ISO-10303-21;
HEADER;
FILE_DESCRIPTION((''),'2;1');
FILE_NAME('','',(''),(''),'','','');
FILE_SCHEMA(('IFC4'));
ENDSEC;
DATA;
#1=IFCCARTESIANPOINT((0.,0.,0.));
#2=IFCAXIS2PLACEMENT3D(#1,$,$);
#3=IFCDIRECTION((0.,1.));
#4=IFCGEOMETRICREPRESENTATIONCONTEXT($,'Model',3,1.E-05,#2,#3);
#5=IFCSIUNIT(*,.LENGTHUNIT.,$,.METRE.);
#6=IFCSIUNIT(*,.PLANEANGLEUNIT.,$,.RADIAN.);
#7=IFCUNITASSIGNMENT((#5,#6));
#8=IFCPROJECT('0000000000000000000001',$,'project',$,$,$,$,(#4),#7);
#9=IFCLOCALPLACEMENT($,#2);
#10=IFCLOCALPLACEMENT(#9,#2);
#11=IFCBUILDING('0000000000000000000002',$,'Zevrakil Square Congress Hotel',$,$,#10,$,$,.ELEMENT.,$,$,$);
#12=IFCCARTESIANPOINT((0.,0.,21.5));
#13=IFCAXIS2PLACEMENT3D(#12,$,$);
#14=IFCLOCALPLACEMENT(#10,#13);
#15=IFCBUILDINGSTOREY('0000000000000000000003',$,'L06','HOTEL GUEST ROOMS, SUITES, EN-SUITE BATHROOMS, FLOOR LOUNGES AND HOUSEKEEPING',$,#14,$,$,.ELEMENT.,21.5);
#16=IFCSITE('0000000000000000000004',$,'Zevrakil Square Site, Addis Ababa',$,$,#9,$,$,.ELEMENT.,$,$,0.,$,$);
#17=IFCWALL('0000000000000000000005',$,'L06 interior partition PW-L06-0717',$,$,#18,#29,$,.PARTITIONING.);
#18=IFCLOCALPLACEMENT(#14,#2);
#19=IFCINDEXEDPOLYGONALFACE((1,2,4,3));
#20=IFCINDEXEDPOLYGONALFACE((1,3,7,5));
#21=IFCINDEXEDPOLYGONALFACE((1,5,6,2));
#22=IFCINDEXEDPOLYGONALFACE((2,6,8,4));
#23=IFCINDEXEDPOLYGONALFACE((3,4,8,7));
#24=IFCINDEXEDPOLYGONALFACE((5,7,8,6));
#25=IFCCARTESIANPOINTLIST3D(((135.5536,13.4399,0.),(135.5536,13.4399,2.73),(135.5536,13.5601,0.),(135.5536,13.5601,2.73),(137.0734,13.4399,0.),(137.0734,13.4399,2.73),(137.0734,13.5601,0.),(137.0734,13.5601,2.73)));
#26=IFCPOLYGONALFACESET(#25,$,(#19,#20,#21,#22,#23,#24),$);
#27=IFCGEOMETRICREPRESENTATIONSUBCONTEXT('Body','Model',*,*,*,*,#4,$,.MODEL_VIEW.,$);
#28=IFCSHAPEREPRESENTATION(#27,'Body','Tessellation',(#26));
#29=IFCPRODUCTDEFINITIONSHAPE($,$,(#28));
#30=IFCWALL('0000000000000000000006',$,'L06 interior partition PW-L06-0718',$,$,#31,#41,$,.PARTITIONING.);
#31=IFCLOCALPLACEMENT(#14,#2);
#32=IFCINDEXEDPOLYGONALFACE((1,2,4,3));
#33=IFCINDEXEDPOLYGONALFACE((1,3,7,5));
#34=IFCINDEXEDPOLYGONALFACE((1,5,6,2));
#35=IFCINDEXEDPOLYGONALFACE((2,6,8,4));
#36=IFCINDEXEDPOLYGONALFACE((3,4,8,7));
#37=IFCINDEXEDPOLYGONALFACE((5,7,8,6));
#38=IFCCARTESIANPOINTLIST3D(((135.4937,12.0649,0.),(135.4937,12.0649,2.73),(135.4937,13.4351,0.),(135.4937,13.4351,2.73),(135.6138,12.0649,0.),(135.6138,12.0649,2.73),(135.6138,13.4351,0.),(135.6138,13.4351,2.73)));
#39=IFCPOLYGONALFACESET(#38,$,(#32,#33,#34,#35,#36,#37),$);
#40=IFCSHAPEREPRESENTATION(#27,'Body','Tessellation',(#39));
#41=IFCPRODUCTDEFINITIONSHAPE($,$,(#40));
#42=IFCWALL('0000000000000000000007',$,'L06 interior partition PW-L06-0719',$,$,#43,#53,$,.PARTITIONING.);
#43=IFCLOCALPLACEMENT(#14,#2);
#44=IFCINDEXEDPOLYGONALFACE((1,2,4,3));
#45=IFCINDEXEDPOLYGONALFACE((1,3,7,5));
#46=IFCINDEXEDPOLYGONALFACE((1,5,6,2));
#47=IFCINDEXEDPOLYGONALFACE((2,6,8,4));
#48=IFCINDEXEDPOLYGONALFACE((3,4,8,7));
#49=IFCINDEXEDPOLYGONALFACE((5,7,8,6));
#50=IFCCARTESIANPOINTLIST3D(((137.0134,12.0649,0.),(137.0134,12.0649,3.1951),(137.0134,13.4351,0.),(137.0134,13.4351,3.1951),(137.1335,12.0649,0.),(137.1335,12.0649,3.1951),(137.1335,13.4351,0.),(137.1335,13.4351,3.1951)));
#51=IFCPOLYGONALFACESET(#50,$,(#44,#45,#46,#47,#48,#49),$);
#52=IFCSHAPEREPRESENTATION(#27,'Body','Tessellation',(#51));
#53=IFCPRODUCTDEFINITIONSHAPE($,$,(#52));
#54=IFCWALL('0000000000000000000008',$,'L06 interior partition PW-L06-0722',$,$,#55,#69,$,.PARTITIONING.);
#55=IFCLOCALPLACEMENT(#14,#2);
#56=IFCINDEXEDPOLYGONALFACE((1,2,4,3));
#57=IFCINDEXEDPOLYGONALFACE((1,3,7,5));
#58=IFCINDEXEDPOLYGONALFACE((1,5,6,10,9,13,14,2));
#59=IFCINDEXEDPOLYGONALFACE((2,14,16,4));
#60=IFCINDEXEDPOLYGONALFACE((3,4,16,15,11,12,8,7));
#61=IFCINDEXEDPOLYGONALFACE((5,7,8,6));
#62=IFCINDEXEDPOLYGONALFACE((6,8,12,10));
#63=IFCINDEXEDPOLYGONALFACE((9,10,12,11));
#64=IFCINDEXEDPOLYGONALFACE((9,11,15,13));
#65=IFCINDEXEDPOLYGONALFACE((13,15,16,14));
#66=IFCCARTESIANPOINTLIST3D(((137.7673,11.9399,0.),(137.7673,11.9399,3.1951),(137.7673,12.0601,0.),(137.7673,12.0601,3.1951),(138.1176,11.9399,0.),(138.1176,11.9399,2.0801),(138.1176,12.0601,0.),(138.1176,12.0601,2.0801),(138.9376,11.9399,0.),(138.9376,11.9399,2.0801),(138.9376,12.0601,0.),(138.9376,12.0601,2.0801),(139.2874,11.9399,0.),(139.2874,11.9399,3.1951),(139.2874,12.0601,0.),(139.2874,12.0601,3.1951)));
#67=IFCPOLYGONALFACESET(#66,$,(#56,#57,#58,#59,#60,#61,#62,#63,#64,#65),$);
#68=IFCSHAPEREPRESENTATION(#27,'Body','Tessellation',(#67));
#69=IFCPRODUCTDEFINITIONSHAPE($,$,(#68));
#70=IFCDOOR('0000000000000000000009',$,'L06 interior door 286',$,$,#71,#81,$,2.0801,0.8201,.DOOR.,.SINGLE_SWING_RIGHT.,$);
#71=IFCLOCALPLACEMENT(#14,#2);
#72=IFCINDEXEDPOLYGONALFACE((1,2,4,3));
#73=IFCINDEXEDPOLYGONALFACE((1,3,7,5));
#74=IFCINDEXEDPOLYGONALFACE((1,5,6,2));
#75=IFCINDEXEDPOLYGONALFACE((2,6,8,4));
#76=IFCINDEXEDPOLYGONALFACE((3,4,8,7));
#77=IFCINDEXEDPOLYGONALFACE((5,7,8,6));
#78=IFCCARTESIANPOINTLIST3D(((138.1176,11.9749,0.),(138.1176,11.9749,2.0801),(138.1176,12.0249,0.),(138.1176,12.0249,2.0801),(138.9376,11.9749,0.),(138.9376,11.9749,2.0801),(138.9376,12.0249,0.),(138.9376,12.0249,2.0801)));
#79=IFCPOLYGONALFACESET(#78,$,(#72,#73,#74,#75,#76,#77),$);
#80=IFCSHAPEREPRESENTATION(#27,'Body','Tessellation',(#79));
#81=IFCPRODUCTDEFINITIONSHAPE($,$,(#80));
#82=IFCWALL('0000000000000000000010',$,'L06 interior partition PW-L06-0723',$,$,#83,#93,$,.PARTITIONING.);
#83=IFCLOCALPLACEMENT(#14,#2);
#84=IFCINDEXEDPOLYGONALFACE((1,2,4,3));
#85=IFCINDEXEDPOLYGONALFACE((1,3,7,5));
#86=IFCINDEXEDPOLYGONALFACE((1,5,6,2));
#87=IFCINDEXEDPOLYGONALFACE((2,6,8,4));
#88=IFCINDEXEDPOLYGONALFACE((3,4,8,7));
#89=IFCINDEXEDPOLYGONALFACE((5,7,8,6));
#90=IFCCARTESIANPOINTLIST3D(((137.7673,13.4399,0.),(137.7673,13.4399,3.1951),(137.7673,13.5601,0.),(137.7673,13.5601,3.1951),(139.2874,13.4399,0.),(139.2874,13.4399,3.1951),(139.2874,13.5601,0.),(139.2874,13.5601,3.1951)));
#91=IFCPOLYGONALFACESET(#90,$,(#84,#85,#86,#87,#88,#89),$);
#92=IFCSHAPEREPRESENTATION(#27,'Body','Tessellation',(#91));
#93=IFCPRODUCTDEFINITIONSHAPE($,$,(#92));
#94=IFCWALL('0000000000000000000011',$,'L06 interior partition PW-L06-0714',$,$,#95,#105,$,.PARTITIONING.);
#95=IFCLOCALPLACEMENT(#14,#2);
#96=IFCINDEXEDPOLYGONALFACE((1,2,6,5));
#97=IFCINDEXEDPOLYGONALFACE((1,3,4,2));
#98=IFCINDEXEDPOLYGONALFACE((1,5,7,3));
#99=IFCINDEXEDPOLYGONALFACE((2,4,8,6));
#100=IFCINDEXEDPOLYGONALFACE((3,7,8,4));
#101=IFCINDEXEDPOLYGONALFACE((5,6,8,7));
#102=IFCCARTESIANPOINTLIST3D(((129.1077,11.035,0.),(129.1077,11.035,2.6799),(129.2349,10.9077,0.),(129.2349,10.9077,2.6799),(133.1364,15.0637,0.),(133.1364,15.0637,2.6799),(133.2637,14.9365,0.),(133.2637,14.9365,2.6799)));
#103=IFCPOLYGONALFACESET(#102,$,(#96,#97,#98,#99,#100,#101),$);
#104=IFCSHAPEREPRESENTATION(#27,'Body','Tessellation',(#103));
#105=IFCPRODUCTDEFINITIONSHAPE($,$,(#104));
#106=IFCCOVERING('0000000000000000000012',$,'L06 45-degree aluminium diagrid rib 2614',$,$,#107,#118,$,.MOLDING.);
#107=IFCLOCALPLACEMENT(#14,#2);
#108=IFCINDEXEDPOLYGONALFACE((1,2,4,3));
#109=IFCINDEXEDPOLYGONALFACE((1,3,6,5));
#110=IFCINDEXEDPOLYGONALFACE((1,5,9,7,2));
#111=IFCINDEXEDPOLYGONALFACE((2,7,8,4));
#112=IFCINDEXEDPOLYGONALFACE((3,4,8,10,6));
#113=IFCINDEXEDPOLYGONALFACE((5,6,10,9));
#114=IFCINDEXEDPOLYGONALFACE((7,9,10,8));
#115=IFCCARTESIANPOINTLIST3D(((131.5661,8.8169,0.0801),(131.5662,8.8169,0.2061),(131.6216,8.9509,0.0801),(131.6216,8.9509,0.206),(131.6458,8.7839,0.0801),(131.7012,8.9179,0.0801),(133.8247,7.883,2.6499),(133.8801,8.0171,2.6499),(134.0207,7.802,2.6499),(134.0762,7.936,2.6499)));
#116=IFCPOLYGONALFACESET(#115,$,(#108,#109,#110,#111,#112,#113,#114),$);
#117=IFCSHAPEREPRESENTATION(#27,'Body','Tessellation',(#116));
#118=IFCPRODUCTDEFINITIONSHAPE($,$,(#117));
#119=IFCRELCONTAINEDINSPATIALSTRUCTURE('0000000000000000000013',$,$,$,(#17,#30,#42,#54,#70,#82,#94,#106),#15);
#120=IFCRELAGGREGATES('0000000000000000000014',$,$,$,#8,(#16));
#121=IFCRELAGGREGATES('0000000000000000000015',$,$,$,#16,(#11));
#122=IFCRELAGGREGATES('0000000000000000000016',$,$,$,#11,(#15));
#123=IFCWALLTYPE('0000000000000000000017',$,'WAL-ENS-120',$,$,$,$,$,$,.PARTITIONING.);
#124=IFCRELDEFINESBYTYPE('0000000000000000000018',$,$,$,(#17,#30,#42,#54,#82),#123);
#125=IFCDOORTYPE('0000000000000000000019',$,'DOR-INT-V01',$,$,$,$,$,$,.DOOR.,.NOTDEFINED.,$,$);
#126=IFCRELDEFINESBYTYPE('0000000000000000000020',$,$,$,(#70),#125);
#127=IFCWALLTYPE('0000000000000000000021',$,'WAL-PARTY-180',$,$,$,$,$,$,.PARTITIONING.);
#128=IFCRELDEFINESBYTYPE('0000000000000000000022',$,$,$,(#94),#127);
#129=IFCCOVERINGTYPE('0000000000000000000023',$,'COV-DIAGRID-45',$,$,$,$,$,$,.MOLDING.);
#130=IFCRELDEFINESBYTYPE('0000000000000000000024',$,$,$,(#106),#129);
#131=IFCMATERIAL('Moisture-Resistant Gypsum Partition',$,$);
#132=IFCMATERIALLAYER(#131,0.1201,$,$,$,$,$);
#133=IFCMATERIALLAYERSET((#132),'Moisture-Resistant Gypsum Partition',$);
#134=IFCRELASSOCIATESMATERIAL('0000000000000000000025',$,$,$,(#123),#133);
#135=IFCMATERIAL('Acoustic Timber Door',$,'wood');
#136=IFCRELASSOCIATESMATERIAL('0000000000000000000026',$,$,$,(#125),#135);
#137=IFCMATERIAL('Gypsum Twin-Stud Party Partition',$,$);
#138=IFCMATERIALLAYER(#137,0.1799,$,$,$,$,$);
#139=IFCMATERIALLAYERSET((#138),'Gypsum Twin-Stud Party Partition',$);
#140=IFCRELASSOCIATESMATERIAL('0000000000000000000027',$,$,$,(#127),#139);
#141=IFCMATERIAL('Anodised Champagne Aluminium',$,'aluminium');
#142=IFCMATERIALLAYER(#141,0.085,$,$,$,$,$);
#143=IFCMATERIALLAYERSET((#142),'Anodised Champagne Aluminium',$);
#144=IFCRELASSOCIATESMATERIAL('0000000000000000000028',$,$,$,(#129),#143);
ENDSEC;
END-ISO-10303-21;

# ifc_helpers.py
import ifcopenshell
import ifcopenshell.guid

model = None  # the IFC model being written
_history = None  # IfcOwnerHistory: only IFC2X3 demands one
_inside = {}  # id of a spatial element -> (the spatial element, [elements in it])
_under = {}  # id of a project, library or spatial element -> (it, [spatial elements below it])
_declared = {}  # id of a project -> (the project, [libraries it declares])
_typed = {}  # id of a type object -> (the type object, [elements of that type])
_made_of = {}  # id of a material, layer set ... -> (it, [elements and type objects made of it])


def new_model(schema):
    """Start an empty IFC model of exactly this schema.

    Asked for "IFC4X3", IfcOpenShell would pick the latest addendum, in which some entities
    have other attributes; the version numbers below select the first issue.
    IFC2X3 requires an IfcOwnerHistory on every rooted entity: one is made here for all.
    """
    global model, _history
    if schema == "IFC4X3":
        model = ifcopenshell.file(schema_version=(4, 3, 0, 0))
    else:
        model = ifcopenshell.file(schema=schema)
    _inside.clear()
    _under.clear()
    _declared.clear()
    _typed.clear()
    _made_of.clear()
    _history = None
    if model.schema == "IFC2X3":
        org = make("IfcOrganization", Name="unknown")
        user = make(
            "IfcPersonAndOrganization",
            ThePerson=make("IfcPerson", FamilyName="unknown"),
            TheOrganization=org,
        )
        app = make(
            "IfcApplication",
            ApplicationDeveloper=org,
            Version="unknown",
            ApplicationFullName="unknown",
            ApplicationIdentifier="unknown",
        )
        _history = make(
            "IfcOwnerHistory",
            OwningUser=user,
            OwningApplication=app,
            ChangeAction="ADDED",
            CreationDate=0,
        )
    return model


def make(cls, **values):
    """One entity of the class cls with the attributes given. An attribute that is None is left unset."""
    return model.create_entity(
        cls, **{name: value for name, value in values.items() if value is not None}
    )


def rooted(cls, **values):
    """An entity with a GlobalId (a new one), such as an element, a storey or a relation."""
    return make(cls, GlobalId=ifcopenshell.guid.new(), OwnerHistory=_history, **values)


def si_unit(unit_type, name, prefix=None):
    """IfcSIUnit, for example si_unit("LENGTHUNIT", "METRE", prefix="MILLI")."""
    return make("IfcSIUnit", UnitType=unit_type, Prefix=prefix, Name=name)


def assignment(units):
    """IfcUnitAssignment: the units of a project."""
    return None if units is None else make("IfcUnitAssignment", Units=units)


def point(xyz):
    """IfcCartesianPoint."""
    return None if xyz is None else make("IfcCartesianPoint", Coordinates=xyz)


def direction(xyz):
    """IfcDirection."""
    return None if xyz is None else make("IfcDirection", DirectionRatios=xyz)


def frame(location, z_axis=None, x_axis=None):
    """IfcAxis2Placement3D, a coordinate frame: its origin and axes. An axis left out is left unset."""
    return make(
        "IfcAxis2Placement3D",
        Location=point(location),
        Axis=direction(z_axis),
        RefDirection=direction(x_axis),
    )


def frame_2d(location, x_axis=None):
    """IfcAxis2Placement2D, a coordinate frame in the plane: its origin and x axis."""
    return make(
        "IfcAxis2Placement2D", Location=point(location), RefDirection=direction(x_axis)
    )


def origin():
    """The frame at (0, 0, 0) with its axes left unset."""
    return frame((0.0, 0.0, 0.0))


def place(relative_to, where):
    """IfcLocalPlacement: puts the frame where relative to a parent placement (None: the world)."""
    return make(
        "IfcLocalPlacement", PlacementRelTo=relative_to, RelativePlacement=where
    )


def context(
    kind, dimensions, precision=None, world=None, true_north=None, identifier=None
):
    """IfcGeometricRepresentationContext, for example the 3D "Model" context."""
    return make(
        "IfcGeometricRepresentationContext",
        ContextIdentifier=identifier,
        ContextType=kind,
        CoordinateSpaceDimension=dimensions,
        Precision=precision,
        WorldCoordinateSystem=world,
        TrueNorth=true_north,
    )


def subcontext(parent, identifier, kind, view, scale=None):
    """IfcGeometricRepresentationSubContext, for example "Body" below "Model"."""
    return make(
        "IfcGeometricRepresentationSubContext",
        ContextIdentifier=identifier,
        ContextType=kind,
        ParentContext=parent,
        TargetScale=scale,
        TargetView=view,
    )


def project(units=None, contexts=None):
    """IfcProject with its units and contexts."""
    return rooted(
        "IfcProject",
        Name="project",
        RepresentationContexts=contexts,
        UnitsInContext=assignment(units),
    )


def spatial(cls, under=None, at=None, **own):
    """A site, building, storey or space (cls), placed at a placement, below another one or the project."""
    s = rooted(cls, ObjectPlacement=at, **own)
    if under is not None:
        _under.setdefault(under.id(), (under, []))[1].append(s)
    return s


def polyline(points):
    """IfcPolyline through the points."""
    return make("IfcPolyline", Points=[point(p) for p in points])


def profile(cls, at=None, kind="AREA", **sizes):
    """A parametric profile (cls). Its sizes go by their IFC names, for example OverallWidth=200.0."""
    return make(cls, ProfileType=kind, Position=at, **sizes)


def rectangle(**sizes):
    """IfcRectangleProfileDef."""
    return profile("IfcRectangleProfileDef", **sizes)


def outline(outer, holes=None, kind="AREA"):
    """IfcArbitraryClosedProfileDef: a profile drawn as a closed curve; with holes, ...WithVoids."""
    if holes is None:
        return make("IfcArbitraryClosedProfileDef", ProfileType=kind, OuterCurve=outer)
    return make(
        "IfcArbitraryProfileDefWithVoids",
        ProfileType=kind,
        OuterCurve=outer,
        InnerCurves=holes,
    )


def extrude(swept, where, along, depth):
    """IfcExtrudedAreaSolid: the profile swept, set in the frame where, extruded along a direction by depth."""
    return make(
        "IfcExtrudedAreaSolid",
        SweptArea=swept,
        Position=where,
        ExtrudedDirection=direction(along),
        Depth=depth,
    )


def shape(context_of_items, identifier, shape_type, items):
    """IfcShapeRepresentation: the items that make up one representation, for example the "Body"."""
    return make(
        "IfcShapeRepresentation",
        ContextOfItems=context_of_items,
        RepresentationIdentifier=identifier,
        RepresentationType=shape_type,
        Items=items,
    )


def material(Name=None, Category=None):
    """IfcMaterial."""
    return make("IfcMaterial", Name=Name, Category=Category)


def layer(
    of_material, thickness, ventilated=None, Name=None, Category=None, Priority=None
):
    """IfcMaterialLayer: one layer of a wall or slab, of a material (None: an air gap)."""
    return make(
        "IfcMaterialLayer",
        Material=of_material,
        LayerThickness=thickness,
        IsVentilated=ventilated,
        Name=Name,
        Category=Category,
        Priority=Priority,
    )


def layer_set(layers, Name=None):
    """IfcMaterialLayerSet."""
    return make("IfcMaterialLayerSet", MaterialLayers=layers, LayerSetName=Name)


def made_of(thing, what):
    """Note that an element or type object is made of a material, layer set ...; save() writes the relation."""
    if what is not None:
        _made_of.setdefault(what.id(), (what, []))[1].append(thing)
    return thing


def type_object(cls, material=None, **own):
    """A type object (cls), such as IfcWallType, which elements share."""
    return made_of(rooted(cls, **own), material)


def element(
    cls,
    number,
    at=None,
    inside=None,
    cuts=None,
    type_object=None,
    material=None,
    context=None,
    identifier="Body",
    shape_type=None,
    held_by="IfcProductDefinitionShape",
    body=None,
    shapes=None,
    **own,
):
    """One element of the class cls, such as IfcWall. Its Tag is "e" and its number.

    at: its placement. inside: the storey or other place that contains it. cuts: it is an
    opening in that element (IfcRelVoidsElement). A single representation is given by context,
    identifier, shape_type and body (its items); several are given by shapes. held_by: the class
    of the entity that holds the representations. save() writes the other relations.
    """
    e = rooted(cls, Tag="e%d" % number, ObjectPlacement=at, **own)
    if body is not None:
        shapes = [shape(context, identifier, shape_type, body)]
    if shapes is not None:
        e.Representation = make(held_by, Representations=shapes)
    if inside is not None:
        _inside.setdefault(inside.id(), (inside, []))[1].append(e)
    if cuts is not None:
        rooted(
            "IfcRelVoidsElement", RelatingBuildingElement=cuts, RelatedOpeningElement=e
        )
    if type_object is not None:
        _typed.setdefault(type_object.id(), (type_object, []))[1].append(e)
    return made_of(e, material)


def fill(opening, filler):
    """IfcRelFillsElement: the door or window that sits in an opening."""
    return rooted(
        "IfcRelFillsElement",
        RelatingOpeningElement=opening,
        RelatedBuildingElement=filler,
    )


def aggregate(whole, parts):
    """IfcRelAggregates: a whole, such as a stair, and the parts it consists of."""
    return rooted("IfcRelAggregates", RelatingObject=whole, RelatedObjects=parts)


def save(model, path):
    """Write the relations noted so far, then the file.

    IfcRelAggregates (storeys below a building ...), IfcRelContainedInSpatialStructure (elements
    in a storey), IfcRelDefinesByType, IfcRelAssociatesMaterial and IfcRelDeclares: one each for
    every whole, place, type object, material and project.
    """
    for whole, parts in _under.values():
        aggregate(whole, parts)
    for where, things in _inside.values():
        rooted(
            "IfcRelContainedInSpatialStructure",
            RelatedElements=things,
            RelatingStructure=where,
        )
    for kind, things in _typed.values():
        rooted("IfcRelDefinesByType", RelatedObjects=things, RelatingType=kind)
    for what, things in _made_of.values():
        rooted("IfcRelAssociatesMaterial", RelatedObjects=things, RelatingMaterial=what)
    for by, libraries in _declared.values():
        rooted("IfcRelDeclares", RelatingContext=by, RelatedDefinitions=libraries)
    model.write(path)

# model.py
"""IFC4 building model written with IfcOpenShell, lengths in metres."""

from ifc_helpers import new_model, si_unit, direction, frame, frame_2d, origin, place, context, subcontext, project, spatial, polyline, rectangle, outline, extrude, material, layer, layer_set, type_object, element, fill, save


model = new_model("IFC4")

# Units and contexts
model_context = context("Model", 3, precision=1e-05, world=origin(), true_north=direction((0.0, 1.0)))
body_context = subcontext(model_context, "Body", "Model", "MODEL_VIEW")
ifc_project = project(units=[si_unit("LENGTHUNIT", "METRE"), si_unit("PLANEANGLEUNIT", "RADIAN")], contexts=[model_context])

# Site, building, storey
site_placement = place(None, origin())
site = spatial("IfcSite", under=ifc_project, at=site_placement, Name="Zevrakil Square Site, Addis Ababa", CompositionType="ELEMENT", RefElevation=0.0)
building_placement = place(site_placement, origin())
building = spatial("IfcBuilding", under=site, at=building_placement, Name="Zevrakil Square Congress Hotel", CompositionType="ELEMENT")
storey_placement = place(building_placement, frame((0.0, 0.0, 21.5)))
storey = spatial("IfcBuildingStorey", under=building, at=storey_placement, Name="L06", Description="HOTEL GUEST ROOMS, SUITES, EN-SUITE BATHROOMS, FLOOR LOUNGES AND HOUSEKEEPING", CompositionType="ELEMENT", Elevation=21.5)

# Shared definitions
ifc_material_1 = material(Name="Moisture-Resistant Gypsum Partition")
ifc_layer_1 = layer(ifc_material_1, 0.1201)
ifc_layer_set_1 = layer_set([ifc_layer_1], Name="Moisture-Resistant Gypsum Partition")
wall_type_1 = type_object("IfcWallType", Name="WAL-ENS-120", PredefinedType="PARTITIONING", material=ifc_layer_set_1)
ifc_material_2 = material(Name="Acoustic Timber Door", Category="wood")
door_type_1 = type_object("IfcDoorType", Name="DOR-INT-V01", OperationType="NOTDEFINED", PredefinedType="DOOR", material=ifc_material_2)

# Walls
wall_1_placement = place(storey_placement, frame((135.5537, 13.5, 0.0), z_axis=(0.0, 0.0, 1.0), x_axis=(1.0, 0.0, 0.0)))
element("IfcWall", 1, at=wall_1_placement, inside=storey, type_object=wall_type_1, Name="L06 interior partition PW-L06-0717", PredefinedType="PARTITIONING", context=body_context, shape_type="SweptSolid", body=[
    extrude(rectangle(XDim=1.5198, YDim=0.1201, at=frame_2d((0.7598, 0.0))), origin(), (0.0, 0.0, 1.0), 2.73),
])
wall_2_placement = place(storey_placement, frame((135.5537, 12.0649, 0.0), z_axis=(0.0, 0.0, 1.0), x_axis=(0.0, 1.0, 0.0)))
element("IfcWall", 2, at=wall_2_placement, inside=storey, type_object=wall_type_1, Name="L06 interior partition PW-L06-0718", PredefinedType="PARTITIONING", context=body_context, shape_type="SweptSolid", body=[
    extrude(rectangle(XDim=1.3701, YDim=0.1201, at=frame_2d((0.6851, 0.0))), origin(), (0.0, 0.0, 1.0), 2.73),
])
wall_3_placement = place(storey_placement, frame((137.0735, 12.0649, 0.0), z_axis=(0.0, 0.0, 1.0), x_axis=(0.0, 1.0, 0.0)))
element("IfcWall", 3, at=wall_3_placement, inside=storey, type_object=wall_type_1, Name="L06 interior partition PW-L06-0719", PredefinedType="PARTITIONING", context=body_context, shape_type="SweptSolid", body=[
    extrude(rectangle(XDim=1.3701, YDim=0.1201, at=frame_2d((0.6851, 0.0))), origin(), (0.0, 0.0, 1.0), 3.1951),
])

# Wall, opening, door
wall_4_placement = place(storey_placement, frame((137.7673, 12.0, 0.0), z_axis=(0.0, 0.0, 1.0), x_axis=(1.0, 0.0, 0.0)))
wall_4 = element("IfcWall", 4, at=wall_4_placement, inside=storey, type_object=wall_type_1, Name="L06 interior partition PW-L06-0722", PredefinedType="PARTITIONING", context=body_context, shape_type="SweptSolid", body=[
    extrude(rectangle(XDim=1.52, YDim=0.1201, at=frame_2d((0.76, 0.0))), origin(), (0.0, 0.0, 1.0), 3.1951),
])
opening_1_placement = place(wall_4_placement, frame((0.3501, 0.0, 0.0)))
opening_1 = element("IfcOpeningElement", 5, at=opening_1_placement, cuts=wall_4, PredefinedType="OPENING", context=body_context, shape_type="SweptSolid", body=[
    extrude(rectangle(XDim=0.8201, YDim=2.0801, at=frame_2d((0.4102, 1.04))), frame((0.0, 0.0701, 0.0), z_axis=(0.0, -1.0, 0.0), x_axis=(1.0, 0.0, 0.0)), (0.0, 0.0, 1.0), 0.1401),
])
door_1_placement = place(opening_1_placement, origin())
door_1 = element("IfcDoor", 6, at=door_1_placement, inside=storey, type_object=door_type_1, Name="L06 interior door 286", OperationType="SINGLE_SWING_RIGHT", OverallHeight=2.0801, OverallWidth=0.8201, PredefinedType="DOOR", context=body_context, shape_type="SweptSolid", body=[
    extrude(rectangle(XDim=0.8201, YDim=2.0801, at=frame_2d((0.4102, 1.04))), frame((0.0, 0.0249, 0.0), z_axis=(0.0, -1.0, 0.0), x_axis=(1.0, 0.0, 0.0)), (0.0, 0.0, 1.0), 0.05),
])
fill(opening_1, door_1)

# Walls
wall_5_placement = place(storey_placement, frame((137.7673, 13.5, 0.0), z_axis=(0.0, 0.0, 1.0), x_axis=(1.0, 0.0, 0.0)))
element("IfcWall", 7, at=wall_5_placement, inside=storey, type_object=wall_type_1, Name="L06 interior partition PW-L06-0723", PredefinedType="PARTITIONING", context=body_context, shape_type="SweptSolid", body=[
    extrude(rectangle(XDim=1.52, YDim=0.1201, at=frame_2d((0.76, 0.0))), origin(), (0.0, 0.0, 1.0), 3.1951),
])
ifc_material_3 = material(Name="Gypsum Twin-Stud Party Partition")
ifc_layer_2 = layer(ifc_material_3, 0.1799)
ifc_layer_set_2 = layer_set([ifc_layer_2], Name="Gypsum Twin-Stud Party Partition")
wall_type_2 = type_object("IfcWallType", Name="WAL-PARTY-180", PredefinedType="PARTITIONING", material=ifc_layer_set_2)
wall_6_placement = place(storey_placement, frame((133.2, 15.0, 0.0), z_axis=(0.0, 0.0, 1.0), x_axis=(-0.707107, -0.707107, 0.0)))
element("IfcWall", 8, at=wall_6_placement, inside=storey, type_object=wall_type_2, Name="L06 interior partition PW-L06-0714", PredefinedType="PARTITIONING", context=body_context, shape_type="SweptSolid", body=[
    extrude(rectangle(XDim=5.6975, YDim=0.1799, at=frame_2d((2.8486, 0.0))), origin(), (0.0, 0.0, 1.0), 2.6799),
])

# Covering
ifc_material_4 = material(Name="Anodised Champagne Aluminium", Category="aluminium")
ifc_layer_3 = layer(ifc_material_4, 0.085)
ifc_layer_set_3 = layer_set([ifc_layer_3], Name="Anodised Champagne Aluminium")
covering_type = type_object("IfcCoveringType", Name="COV-DIAGRID-45", PredefinedType="MOLDING", material=ifc_layer_set_3)
covering_placement = place(storey_placement, frame((131.6458, 8.7839, 0.0801), z_axis=(-0.382193, -0.924083, 0.000109), x_axis=(-0.924083, 0.382193, 0.0)))
element("IfcCovering", 9, at=covering_placement, inside=storey, type_object=covering_type, Name="L06 45-degree aluminium diagrid rib 2614", PredefinedType="MOLDING", context=body_context, shape_type="SweptSolid", body=[
    extrude(outline(polyline([(0.0, 0.0), (0.0861, 0.0), (0.0861, -0.126), (-2.3578, -2.5698), (-2.57, -2.5698), (0.0, 0.0)])), origin(), (0.0, 0.0, -1.0), 0.145),
])

save(model, "model.ifc")
